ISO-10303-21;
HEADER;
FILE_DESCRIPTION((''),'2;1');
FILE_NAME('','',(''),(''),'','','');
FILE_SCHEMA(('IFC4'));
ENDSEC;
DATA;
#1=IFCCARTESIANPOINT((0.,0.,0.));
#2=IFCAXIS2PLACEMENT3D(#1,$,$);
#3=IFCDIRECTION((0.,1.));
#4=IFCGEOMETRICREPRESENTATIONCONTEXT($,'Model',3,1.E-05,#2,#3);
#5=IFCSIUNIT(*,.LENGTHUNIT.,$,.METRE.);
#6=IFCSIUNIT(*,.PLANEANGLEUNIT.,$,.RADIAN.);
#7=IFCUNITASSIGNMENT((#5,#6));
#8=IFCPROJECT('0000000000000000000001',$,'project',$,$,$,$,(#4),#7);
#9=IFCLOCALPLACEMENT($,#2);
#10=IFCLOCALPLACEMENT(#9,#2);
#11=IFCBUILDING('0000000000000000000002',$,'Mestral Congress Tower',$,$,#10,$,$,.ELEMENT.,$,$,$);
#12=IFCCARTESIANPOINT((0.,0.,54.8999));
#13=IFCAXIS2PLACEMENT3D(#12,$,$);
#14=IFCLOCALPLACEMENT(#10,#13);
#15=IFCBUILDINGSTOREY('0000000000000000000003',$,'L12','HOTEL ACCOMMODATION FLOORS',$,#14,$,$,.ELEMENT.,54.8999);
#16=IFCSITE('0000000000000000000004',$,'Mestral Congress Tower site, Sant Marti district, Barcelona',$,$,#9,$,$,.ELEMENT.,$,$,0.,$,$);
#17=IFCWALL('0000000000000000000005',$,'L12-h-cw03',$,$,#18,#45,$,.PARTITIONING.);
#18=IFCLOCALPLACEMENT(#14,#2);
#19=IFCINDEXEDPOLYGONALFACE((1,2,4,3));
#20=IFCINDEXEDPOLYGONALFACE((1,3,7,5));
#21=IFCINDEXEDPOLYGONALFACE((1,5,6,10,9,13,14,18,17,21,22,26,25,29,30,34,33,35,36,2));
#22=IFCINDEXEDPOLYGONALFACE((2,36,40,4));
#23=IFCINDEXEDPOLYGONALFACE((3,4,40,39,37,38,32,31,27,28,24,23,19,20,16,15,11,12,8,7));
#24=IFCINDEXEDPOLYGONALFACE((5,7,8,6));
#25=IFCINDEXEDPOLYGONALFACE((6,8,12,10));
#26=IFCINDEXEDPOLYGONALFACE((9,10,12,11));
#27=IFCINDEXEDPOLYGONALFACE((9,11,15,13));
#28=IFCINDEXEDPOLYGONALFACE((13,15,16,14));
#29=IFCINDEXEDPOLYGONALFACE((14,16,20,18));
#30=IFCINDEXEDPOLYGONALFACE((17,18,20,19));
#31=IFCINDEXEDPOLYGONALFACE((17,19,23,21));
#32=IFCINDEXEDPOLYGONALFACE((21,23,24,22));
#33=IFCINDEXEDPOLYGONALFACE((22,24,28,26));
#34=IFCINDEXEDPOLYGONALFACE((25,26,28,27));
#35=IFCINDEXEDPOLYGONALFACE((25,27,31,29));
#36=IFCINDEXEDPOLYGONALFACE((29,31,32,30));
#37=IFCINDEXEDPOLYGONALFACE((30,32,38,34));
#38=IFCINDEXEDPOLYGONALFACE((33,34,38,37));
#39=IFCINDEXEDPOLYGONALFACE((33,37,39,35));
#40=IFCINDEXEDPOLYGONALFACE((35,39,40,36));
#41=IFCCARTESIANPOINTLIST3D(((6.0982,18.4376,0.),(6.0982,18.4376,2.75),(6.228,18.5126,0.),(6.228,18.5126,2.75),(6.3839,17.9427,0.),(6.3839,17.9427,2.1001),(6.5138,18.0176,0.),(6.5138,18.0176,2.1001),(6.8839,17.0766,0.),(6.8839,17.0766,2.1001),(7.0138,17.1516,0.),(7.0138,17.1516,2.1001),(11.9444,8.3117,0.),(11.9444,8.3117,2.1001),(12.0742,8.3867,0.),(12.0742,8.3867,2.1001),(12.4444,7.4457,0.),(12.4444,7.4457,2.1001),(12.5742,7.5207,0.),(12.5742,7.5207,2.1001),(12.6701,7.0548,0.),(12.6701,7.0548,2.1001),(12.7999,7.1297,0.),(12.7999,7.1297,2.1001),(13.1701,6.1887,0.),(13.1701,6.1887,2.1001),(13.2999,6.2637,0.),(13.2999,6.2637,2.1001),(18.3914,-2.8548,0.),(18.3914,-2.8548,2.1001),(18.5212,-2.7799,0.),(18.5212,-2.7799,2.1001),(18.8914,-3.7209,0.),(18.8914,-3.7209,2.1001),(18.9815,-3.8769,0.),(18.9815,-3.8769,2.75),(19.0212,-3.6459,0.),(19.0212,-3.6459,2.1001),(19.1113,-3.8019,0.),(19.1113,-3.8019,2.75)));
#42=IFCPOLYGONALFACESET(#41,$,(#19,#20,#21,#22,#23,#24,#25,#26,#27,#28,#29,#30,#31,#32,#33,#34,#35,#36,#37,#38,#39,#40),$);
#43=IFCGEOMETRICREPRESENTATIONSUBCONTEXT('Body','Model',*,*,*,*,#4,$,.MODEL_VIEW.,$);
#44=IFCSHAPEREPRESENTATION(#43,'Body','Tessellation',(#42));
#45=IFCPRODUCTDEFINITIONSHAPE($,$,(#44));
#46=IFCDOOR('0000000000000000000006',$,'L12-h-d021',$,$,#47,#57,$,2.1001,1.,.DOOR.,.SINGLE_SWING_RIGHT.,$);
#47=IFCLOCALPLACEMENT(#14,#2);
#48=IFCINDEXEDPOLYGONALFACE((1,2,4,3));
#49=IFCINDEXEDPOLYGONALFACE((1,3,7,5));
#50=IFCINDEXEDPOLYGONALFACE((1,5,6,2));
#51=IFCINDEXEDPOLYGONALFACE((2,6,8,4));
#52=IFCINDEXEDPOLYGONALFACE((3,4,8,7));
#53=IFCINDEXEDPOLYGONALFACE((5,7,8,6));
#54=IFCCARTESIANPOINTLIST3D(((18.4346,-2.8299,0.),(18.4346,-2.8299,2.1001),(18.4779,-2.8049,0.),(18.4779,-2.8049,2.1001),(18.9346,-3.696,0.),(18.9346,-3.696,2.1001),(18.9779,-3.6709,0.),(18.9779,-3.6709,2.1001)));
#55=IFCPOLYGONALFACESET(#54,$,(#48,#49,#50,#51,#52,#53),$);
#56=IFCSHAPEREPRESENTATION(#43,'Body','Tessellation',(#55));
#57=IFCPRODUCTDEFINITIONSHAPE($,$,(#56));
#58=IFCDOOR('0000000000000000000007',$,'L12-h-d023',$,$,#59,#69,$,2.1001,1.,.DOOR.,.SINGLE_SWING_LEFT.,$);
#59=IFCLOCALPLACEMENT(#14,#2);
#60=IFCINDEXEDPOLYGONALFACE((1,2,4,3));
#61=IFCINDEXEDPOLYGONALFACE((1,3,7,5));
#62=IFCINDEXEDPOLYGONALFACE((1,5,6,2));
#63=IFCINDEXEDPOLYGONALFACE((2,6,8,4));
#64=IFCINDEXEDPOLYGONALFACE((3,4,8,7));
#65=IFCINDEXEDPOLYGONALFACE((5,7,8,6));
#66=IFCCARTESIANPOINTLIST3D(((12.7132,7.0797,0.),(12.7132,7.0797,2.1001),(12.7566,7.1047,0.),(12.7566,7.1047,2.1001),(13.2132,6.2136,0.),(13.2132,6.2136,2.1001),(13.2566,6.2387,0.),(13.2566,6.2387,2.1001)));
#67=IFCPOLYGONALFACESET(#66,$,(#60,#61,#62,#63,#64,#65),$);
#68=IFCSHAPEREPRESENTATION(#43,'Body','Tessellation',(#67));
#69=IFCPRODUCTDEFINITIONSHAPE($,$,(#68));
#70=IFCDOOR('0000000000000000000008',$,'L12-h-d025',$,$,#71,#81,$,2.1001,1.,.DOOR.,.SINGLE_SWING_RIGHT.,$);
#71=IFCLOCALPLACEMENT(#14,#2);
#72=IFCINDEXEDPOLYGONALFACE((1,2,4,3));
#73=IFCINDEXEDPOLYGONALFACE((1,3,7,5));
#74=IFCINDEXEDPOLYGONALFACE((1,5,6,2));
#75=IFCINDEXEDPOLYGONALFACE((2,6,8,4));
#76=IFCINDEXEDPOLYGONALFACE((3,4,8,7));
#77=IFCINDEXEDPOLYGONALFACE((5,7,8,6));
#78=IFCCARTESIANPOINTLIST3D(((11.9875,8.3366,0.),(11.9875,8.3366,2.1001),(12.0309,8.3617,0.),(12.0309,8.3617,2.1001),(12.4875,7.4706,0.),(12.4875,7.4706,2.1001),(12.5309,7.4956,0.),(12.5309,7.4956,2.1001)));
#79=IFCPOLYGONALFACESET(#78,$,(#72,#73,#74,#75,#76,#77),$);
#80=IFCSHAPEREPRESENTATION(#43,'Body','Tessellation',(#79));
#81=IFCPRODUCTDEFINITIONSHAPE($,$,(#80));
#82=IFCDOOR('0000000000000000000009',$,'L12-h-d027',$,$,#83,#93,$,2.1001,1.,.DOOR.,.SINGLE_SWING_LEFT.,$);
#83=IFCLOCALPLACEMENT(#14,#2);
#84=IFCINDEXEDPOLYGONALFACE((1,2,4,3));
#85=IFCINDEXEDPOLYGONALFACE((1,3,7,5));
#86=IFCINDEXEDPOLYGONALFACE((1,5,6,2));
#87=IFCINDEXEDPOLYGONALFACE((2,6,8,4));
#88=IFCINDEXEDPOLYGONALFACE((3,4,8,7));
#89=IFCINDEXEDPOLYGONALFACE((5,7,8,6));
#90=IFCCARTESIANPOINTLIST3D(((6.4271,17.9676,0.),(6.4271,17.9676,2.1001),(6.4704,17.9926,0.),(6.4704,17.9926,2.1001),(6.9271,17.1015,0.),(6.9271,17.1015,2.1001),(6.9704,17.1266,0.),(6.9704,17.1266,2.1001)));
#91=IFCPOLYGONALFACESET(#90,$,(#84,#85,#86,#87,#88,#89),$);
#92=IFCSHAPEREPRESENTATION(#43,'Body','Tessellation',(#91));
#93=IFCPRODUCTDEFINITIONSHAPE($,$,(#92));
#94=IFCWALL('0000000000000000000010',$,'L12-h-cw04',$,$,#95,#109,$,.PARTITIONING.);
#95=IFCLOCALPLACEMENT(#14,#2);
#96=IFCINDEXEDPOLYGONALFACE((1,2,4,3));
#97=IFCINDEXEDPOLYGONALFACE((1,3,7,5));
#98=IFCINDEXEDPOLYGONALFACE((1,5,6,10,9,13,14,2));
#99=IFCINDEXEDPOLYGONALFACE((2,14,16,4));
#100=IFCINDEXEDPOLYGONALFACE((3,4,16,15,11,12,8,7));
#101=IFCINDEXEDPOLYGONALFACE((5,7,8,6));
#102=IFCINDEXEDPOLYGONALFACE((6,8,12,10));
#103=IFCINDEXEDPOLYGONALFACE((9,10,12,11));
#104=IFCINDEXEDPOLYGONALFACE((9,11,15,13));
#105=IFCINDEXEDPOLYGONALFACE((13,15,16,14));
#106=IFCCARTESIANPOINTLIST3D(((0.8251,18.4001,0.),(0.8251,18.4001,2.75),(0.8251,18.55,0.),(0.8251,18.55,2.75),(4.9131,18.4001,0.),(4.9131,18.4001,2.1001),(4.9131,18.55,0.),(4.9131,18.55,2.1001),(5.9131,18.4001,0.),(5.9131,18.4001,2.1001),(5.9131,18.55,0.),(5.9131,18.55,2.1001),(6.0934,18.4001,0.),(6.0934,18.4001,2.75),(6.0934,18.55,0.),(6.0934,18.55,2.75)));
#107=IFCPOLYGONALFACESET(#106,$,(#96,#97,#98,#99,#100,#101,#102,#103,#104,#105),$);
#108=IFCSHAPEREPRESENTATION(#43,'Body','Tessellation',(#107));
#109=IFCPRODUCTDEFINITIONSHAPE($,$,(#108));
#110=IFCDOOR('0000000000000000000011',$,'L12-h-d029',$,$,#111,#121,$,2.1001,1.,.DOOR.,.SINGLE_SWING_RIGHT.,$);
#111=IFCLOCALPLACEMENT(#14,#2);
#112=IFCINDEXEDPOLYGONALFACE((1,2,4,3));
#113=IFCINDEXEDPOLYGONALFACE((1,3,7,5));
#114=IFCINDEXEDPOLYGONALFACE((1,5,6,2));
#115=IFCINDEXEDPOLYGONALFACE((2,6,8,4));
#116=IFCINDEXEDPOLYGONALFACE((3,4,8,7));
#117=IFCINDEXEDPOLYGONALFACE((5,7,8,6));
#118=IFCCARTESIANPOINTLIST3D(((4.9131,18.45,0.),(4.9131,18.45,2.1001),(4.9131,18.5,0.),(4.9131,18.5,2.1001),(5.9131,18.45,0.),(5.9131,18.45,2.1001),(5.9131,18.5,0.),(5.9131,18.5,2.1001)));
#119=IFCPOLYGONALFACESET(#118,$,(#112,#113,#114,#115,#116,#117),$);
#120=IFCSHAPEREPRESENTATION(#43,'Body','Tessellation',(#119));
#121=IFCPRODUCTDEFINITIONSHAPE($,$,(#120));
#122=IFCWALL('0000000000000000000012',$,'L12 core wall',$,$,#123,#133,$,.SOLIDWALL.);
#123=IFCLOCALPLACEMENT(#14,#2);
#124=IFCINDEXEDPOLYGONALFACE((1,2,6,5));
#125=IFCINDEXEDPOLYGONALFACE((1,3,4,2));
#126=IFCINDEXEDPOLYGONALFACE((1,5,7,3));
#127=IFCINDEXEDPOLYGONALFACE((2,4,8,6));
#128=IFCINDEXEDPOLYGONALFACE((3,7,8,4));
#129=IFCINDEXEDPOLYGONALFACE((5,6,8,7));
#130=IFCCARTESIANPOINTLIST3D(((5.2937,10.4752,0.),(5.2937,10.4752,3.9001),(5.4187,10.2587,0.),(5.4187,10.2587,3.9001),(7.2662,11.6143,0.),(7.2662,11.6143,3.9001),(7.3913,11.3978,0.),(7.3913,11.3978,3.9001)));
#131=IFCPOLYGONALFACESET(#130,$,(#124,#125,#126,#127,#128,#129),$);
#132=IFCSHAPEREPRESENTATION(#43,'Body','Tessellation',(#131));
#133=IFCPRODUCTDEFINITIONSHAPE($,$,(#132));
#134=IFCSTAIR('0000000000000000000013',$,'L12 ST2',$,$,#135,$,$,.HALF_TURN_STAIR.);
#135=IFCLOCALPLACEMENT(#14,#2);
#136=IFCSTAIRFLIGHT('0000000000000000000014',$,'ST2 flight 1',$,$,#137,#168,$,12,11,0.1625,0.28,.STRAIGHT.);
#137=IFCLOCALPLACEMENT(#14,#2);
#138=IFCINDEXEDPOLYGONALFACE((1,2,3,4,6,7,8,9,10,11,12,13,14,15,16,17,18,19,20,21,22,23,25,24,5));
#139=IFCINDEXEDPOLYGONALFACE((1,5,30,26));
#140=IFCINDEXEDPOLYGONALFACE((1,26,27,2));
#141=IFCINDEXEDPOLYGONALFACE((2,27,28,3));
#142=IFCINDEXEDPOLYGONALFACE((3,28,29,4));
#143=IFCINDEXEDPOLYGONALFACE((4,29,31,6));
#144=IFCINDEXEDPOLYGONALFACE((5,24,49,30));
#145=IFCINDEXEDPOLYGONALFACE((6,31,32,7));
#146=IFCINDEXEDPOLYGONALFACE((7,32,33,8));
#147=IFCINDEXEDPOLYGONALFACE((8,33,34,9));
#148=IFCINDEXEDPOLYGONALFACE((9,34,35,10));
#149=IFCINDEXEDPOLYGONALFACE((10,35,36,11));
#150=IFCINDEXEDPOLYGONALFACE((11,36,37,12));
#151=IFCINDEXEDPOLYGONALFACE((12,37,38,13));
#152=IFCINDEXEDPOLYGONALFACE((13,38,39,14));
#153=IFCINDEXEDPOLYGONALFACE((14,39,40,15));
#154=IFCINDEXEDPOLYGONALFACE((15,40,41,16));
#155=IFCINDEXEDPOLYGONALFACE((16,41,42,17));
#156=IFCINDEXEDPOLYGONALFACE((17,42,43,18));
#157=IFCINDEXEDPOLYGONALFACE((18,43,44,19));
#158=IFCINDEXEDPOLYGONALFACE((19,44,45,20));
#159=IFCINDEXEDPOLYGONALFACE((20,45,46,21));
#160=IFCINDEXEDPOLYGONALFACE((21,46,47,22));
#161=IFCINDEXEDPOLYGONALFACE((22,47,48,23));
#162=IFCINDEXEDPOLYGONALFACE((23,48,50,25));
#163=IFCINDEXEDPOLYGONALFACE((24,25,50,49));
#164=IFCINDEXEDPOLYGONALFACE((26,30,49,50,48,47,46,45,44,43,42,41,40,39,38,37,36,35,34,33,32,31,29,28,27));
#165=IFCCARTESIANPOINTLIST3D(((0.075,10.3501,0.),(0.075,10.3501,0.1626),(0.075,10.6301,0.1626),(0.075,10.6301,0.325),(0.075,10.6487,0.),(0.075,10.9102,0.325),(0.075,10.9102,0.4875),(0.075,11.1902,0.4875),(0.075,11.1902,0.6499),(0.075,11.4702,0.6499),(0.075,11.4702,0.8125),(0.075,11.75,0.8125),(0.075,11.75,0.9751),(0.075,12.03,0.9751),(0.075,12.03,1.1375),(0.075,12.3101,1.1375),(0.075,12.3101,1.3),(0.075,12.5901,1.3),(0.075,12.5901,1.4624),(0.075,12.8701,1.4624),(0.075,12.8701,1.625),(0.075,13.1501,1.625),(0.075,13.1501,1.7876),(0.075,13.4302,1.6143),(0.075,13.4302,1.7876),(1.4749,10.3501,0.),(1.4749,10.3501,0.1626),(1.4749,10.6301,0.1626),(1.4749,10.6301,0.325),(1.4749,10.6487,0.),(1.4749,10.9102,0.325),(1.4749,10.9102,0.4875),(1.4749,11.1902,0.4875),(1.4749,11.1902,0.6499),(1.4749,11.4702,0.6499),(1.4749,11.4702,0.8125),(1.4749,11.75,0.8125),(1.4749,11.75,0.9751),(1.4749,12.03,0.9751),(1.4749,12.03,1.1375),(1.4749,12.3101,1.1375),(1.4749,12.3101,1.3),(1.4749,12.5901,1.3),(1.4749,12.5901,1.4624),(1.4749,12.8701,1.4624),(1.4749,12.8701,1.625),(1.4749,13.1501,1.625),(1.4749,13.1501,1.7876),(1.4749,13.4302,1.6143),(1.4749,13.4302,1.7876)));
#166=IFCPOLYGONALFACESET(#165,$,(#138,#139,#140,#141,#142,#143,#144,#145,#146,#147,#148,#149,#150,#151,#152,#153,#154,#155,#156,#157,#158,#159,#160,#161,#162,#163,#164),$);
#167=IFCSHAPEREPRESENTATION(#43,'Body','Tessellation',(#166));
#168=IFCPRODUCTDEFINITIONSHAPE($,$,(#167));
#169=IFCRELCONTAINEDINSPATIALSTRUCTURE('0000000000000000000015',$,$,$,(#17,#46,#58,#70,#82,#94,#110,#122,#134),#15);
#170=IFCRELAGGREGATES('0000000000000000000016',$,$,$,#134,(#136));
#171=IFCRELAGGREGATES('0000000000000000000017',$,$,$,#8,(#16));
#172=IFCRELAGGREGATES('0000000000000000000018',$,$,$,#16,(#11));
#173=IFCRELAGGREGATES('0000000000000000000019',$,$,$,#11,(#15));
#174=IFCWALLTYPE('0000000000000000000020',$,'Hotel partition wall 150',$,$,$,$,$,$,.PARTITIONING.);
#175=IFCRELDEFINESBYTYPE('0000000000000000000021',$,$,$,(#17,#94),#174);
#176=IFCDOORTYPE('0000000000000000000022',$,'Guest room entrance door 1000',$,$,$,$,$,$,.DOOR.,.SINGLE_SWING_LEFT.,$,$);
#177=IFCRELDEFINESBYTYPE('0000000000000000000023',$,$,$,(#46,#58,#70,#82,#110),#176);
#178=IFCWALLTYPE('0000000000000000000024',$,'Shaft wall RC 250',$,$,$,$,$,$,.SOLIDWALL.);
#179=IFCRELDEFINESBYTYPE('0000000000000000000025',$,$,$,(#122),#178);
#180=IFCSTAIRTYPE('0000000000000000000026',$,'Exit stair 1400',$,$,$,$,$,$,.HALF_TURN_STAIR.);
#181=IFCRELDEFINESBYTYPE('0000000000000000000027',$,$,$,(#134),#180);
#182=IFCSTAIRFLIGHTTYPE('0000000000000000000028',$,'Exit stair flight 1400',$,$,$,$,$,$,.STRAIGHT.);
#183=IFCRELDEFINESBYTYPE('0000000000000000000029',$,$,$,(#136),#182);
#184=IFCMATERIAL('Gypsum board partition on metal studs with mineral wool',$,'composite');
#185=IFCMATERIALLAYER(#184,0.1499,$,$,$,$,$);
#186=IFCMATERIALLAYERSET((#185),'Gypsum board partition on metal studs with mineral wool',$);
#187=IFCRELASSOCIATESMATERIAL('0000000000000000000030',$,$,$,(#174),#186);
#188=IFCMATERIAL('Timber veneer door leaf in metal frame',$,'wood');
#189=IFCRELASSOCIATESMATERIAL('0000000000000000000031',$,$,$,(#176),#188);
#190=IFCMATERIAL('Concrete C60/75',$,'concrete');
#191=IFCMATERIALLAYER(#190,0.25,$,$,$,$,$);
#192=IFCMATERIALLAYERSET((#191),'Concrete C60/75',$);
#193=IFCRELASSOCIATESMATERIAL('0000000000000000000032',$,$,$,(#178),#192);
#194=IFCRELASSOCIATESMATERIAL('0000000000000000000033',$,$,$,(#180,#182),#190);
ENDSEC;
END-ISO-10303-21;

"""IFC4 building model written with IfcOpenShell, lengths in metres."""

from ifc_helpers import new_model, si_unit, direction, frame, frame_2d, origin, place, context, subcontext, project, spatial, polyline, rectangle, outline, extrude, material, layer, layer_set, type_object, element, fill, aggregate, save


model = new_model("IFC4")

# Units and contexts
model_context = context("Model", 3, precision=1e-05, world=origin(), true_north=direction((0.0, 1.0)))
body_context = subcontext(model_context, "Body", "Model", "MODEL_VIEW")
ifc_project = project(units=[si_unit("LENGTHUNIT", "METRE"), si_unit("PLANEANGLEUNIT", "RADIAN")], contexts=[model_context])

# Site, building, storey
site_placement = place(None, origin())
site = spatial("IfcSite", under=ifc_project, at=site_placement, Name="Mestral Congress Tower site, Sant Marti district, Barcelona", CompositionType="ELEMENT", RefElevation=0.0)
building_placement = place(site_placement, origin())
building = spatial("IfcBuilding", under=site, at=building_placement, Name="Mestral Congress Tower", CompositionType="ELEMENT")
storey_placement = place(building_placement, frame((0.0, 0.0, 54.8999)))
storey = spatial("IfcBuildingStorey", under=building, at=storey_placement, Name="L12", Description="HOTEL ACCOMMODATION FLOORS", CompositionType="ELEMENT", Elevation=54.8999)

# Shared definitions
ifc_material_1 = material(Name="Concrete C60/75", Category="concrete")

# Shared definitions
ifc_material_2 = material(Name="Gypsum board partition on metal studs with mineral wool", Category="composite")

# Wall, openings, doors
ifc_layer_1 = layer(ifc_material_2, 0.1499)
ifc_layer_set_1 = layer_set([ifc_layer_1], Name="Gypsum board partition on metal studs with mineral wool")
wall_type_1 = type_object("IfcWallType", Name="Hotel partition wall 150", PredefinedType="PARTITIONING", material=ifc_layer_set_1)
wall_1_placement = place(storey_placement, frame((6.1631, 18.4751, 0.0), z_axis=(0.0, 0.0, 1.0), x_axis=(0.500001, -0.866025, 0.0)))
wall_1 = element("IfcWall", 1, at=wall_1_placement, inside=storey, type_object=wall_type_1, Name="L12-h-cw03", PredefinedType="PARTITIONING", context=body_context, shape_type="SweptSolid", body=[
    extrude(rectangle(XDim=25.7666, YDim=0.1499, at=frame_2d((12.8833, 0.0))), origin(), (0.0, 0.0, 1.0), 2.75),
])
opening_1_placement = place(wall_1_placement, frame((24.5864, 0.0, 0.0)))
opening_1 = element("IfcOpeningElement", 2, at=opening_1_placement, cuts=wall_1, PredefinedType="OPENING", context=body_context, shape_type="SweptSolid", body=[
    extrude(rectangle(XDim=1.0, YDim=2.1001, at=frame_2d((0.5, 1.05))), frame((0.0, 0.085, 0.0), z_axis=(0.0, -1.0, 0.0), x_axis=(1.0, 0.0, 0.0)), (0.0, 0.0, 1.0), 0.1699),
])
opening_2_placement = place(wall_1_placement, frame((13.1438, 0.0, 0.0)))
opening_2 = element("IfcOpeningElement", 3, at=opening_2_placement, cuts=wall_1, PredefinedType="OPENING", context=body_context, shape_type="SweptSolid", body=[
    extrude(rectangle(XDim=1.0, YDim=2.1001, at=frame_2d((0.5, 1.05))), frame((0.0, 0.085, 0.0), z_axis=(0.0, -1.0, 0.0), x_axis=(1.0, 0.0, 0.0)), (0.0, 0.0, 1.0), 0.1699),
])
opening_3_placement = place(wall_1_placement, frame((11.6924, 0.0, 0.0)))
opening_3 = element("IfcOpeningElement", 4, at=opening_3_placement, cuts=wall_1, PredefinedType="OPENING", context=body_context, shape_type="SweptSolid", body=[
    extrude(rectangle(XDim=1.0, YDim=2.1001, at=frame_2d((0.5, 1.05))), frame((0.0, 0.085, 0.0), z_axis=(0.0, -1.0, 0.0), x_axis=(1.0, 0.0, 0.0)), (0.0, 0.0, 1.0), 0.1699),
])
opening_4_placement = place(wall_1_placement, frame((0.5715, 0.0, 0.0)))
opening_4 = element("IfcOpeningElement", 5, at=opening_4_placement, cuts=wall_1, PredefinedType="OPENING", context=body_context, shape_type="SweptSolid", body=[
    extrude(rectangle(XDim=1.0, YDim=2.1001, at=frame_2d((0.5, 1.05))), frame((0.0, 0.085, 0.0), z_axis=(0.0, -1.0, 0.0), x_axis=(1.0, 0.0, 0.0)), (0.0, 0.0, 1.0), 0.1699),
])
ifc_material_3 = material(Name="Timber veneer door leaf in metal frame", Category="wood")
door_type_1 = type_object("IfcDoorType", Name="Guest room entrance door 1000", OperationType="SINGLE_SWING_LEFT", PredefinedType="DOOR", material=ifc_material_3)
door_1_placement = place(opening_1_placement, origin())
door_1 = element("IfcDoor", 6, at=door_1_placement, inside=storey, type_object=door_type_1, Name="L12-h-d021", OperationType="SINGLE_SWING_RIGHT", OverallHeight=2.1001, OverallWidth=1.0, PredefinedType="DOOR", context=body_context, shape_type="SweptSolid", body=[
    extrude(rectangle(XDim=1.0, YDim=2.1001, at=frame_2d((0.5, 1.05))), frame((0.0, 0.0249, 0.0), z_axis=(0.0, -1.0, 0.0), x_axis=(1.0, 0.0, 0.0)), (0.0, 0.0, 1.0), 0.05),
])
fill(opening_1, door_1)
door_2_placement = place(opening_2_placement, origin())
door_2 = element("IfcDoor", 7, at=door_2_placement, inside=storey, type_object=door_type_1, Name="L12-h-d023", OperationType="SINGLE_SWING_LEFT", OverallHeight=2.1001, OverallWidth=1.0, PredefinedType="DOOR", context=body_context, shape_type="SweptSolid", body=[
    extrude(rectangle(XDim=1.0, YDim=2.1001, at=frame_2d((0.5, 1.05))), frame((0.0, 0.0249, 0.0), z_axis=(0.0, -1.0, 0.0), x_axis=(1.0, 0.0, 0.0)), (0.0, 0.0, 1.0), 0.05),
])
fill(opening_2, door_2)
door_3_placement = place(opening_3_placement, origin())
door_3 = element("IfcDoor", 8, at=door_3_placement, inside=storey, type_object=door_type_1, Name="L12-h-d025", OperationType="SINGLE_SWING_RIGHT", OverallHeight=2.1001, OverallWidth=1.0, PredefinedType="DOOR", context=body_context, shape_type="SweptSolid", body=[
    extrude(rectangle(XDim=1.0, YDim=2.1001, at=frame_2d((0.5, 1.05))), frame((0.0, 0.0249, 0.0), z_axis=(0.0, -1.0, 0.0), x_axis=(1.0, 0.0, 0.0)), (0.0, 0.0, 1.0), 0.05),
])
fill(opening_3, door_3)
door_4_placement = place(opening_4_placement, origin())
door_4 = element("IfcDoor", 9, at=door_4_placement, inside=storey, type_object=door_type_1, Name="L12-h-d027", OperationType="SINGLE_SWING_LEFT", OverallHeight=2.1001, OverallWidth=1.0, PredefinedType="DOOR", context=body_context, shape_type="SweptSolid", body=[
    extrude(rectangle(XDim=1.0, YDim=2.1001, at=frame_2d((0.5, 1.05))), frame((0.0, 0.0249, 0.0), z_axis=(0.0, -1.0, 0.0), x_axis=(1.0, 0.0, 0.0)), (0.0, 0.0, 1.0), 0.05),
])
fill(opening_4, door_4)

# Wall, opening, door
wall_2_placement = place(storey_placement, frame((0.825, 18.4751, 0.0), z_axis=(0.0, 0.0, 1.0), x_axis=(1.0, 0.0, 0.0)))
wall_2 = element("IfcWall", 10, at=wall_2_placement, inside=storey, type_object=wall_type_1, Name="L12-h-cw04", PredefinedType="PARTITIONING", context=body_context, shape_type="SweptSolid", body=[
    extrude(rectangle(XDim=5.2683, YDim=0.1499, at=frame_2d((2.6343, 0.0))), origin(), (0.0, 0.0, 1.0), 2.75),
])
opening_5_placement = place(wall_2_placement, frame((4.0881, 0.0, 0.0)))
opening_5 = element("IfcOpeningElement", 11, at=opening_5_placement, cuts=wall_2, PredefinedType="OPENING", context=body_context, shape_type="SweptSolid", body=[
    extrude(rectangle(XDim=1.0, YDim=2.1001, at=frame_2d((0.5, 1.05))), frame((0.0, 0.085, 0.0), z_axis=(0.0, -1.0, 0.0), x_axis=(1.0, 0.0, 0.0)), (0.0, 0.0, 1.0), 0.1699),
])
door_5_placement = place(opening_5_placement, origin())
door_5 = element("IfcDoor", 12, at=door_5_placement, inside=storey, type_object=door_type_1, Name="L12-h-d029", OperationType="SINGLE_SWING_RIGHT", OverallHeight=2.1001, OverallWidth=1.0, PredefinedType="DOOR", context=body_context, shape_type="SweptSolid", body=[
    extrude(rectangle(XDim=1.0, YDim=2.1001, at=frame_2d((0.5, 1.05))), frame((0.0, 0.0249, 0.0), z_axis=(0.0, -1.0, 0.0), x_axis=(1.0, 0.0, 0.0)), (0.0, 0.0, 1.0), 0.05),
])
fill(opening_5, door_5)

# Wall
ifc_layer_2 = layer(ifc_material_1, 0.25)
ifc_layer_set_2 = layer_set([ifc_layer_2], Name="Concrete C60/75")
wall_type_2 = type_object("IfcWallType", Name="Shaft wall RC 250", PredefinedType="SOLIDWALL", material=ifc_layer_set_2)
wall_3_placement = place(storey_placement, frame((5.3562, 10.3669, 0.0), z_axis=(0.0, 0.0, 1.0), x_axis=(0.865979, 0.500081, 0.0)))
element("IfcWall", 13, at=wall_3_placement, inside=storey, type_object=wall_type_2, Name="L12 core wall", PredefinedType="SOLIDWALL", context=body_context, shape_type="SweptSolid", body=[
    extrude(rectangle(XDim=2.2778, YDim=0.25, at=frame_2d((1.1389, 0.0))), origin(), (0.0, 0.0, 1.0), 3.9001),
])

# Stair, stair flight
stair_type = type_object("IfcStairType", Name="Exit stair 1400", PredefinedType="HALF_TURN_STAIR", material=ifc_material_1)
stair_placement = place(storey_placement, origin())
stair = element("IfcStair", 14, at=stair_placement, inside=storey, type_object=stair_type, Name="L12 ST2", PredefinedType="HALF_TURN_STAIR")
stair_flight_type = type_object("IfcStairFlightType", Name="Exit stair flight 1400", PredefinedType="STRAIGHT", material=ifc_material_1)
stair_flight_placement = place(storey_placement, frame((0.7749, 10.3501, 0.0), z_axis=(0.0, 0.0, 1.0), x_axis=(0.0, 1.0, 0.0)))
stair_flight = element("IfcStairFlight", 15, at=stair_flight_placement, type_object=stair_flight_type, Name="ST2 flight 1", NumberOfRisers=12, NumberOfTreads=11, PredefinedType="STRAIGHT", RiserHeight=0.1625, TreadLength=0.28, context=body_context, shape_type="SweptSolid", body=[
    extrude(outline(polyline([(0.0, 0.0), (0.0, 0.1626), (0.28, 0.1626), (0.28, 0.325), (0.5601, 0.325), (0.5601, 0.4875), (0.8401, 0.4875), (0.8401, 0.6499), (1.1201, 0.6499), (1.1201, 0.8125), (1.3999, 0.8125), (1.3999, 0.9751), (1.6799, 0.9751), (1.6799, 1.1375), (1.96, 1.1375), (1.96, 1.3), (2.24, 1.3), (2.24, 1.4624), (2.52, 1.4624), (2.52, 1.625), (2.8, 1.625), (2.8, 1.7876), (3.0801, 1.7876), (3.0801, 1.95), (3.0801, 1.6143), (0.2986, 0.0), (0.0, 0.0)])), frame((0.0, 0.7, 0.0), z_axis=(0.0, -1.0, 0.0), x_axis=(1.0, 0.0, 0.0)), (0.0, 0.0, 1.0), 1.3999),
])
aggregate(stair, [stair_flight])

save(model, "model.ifc")
